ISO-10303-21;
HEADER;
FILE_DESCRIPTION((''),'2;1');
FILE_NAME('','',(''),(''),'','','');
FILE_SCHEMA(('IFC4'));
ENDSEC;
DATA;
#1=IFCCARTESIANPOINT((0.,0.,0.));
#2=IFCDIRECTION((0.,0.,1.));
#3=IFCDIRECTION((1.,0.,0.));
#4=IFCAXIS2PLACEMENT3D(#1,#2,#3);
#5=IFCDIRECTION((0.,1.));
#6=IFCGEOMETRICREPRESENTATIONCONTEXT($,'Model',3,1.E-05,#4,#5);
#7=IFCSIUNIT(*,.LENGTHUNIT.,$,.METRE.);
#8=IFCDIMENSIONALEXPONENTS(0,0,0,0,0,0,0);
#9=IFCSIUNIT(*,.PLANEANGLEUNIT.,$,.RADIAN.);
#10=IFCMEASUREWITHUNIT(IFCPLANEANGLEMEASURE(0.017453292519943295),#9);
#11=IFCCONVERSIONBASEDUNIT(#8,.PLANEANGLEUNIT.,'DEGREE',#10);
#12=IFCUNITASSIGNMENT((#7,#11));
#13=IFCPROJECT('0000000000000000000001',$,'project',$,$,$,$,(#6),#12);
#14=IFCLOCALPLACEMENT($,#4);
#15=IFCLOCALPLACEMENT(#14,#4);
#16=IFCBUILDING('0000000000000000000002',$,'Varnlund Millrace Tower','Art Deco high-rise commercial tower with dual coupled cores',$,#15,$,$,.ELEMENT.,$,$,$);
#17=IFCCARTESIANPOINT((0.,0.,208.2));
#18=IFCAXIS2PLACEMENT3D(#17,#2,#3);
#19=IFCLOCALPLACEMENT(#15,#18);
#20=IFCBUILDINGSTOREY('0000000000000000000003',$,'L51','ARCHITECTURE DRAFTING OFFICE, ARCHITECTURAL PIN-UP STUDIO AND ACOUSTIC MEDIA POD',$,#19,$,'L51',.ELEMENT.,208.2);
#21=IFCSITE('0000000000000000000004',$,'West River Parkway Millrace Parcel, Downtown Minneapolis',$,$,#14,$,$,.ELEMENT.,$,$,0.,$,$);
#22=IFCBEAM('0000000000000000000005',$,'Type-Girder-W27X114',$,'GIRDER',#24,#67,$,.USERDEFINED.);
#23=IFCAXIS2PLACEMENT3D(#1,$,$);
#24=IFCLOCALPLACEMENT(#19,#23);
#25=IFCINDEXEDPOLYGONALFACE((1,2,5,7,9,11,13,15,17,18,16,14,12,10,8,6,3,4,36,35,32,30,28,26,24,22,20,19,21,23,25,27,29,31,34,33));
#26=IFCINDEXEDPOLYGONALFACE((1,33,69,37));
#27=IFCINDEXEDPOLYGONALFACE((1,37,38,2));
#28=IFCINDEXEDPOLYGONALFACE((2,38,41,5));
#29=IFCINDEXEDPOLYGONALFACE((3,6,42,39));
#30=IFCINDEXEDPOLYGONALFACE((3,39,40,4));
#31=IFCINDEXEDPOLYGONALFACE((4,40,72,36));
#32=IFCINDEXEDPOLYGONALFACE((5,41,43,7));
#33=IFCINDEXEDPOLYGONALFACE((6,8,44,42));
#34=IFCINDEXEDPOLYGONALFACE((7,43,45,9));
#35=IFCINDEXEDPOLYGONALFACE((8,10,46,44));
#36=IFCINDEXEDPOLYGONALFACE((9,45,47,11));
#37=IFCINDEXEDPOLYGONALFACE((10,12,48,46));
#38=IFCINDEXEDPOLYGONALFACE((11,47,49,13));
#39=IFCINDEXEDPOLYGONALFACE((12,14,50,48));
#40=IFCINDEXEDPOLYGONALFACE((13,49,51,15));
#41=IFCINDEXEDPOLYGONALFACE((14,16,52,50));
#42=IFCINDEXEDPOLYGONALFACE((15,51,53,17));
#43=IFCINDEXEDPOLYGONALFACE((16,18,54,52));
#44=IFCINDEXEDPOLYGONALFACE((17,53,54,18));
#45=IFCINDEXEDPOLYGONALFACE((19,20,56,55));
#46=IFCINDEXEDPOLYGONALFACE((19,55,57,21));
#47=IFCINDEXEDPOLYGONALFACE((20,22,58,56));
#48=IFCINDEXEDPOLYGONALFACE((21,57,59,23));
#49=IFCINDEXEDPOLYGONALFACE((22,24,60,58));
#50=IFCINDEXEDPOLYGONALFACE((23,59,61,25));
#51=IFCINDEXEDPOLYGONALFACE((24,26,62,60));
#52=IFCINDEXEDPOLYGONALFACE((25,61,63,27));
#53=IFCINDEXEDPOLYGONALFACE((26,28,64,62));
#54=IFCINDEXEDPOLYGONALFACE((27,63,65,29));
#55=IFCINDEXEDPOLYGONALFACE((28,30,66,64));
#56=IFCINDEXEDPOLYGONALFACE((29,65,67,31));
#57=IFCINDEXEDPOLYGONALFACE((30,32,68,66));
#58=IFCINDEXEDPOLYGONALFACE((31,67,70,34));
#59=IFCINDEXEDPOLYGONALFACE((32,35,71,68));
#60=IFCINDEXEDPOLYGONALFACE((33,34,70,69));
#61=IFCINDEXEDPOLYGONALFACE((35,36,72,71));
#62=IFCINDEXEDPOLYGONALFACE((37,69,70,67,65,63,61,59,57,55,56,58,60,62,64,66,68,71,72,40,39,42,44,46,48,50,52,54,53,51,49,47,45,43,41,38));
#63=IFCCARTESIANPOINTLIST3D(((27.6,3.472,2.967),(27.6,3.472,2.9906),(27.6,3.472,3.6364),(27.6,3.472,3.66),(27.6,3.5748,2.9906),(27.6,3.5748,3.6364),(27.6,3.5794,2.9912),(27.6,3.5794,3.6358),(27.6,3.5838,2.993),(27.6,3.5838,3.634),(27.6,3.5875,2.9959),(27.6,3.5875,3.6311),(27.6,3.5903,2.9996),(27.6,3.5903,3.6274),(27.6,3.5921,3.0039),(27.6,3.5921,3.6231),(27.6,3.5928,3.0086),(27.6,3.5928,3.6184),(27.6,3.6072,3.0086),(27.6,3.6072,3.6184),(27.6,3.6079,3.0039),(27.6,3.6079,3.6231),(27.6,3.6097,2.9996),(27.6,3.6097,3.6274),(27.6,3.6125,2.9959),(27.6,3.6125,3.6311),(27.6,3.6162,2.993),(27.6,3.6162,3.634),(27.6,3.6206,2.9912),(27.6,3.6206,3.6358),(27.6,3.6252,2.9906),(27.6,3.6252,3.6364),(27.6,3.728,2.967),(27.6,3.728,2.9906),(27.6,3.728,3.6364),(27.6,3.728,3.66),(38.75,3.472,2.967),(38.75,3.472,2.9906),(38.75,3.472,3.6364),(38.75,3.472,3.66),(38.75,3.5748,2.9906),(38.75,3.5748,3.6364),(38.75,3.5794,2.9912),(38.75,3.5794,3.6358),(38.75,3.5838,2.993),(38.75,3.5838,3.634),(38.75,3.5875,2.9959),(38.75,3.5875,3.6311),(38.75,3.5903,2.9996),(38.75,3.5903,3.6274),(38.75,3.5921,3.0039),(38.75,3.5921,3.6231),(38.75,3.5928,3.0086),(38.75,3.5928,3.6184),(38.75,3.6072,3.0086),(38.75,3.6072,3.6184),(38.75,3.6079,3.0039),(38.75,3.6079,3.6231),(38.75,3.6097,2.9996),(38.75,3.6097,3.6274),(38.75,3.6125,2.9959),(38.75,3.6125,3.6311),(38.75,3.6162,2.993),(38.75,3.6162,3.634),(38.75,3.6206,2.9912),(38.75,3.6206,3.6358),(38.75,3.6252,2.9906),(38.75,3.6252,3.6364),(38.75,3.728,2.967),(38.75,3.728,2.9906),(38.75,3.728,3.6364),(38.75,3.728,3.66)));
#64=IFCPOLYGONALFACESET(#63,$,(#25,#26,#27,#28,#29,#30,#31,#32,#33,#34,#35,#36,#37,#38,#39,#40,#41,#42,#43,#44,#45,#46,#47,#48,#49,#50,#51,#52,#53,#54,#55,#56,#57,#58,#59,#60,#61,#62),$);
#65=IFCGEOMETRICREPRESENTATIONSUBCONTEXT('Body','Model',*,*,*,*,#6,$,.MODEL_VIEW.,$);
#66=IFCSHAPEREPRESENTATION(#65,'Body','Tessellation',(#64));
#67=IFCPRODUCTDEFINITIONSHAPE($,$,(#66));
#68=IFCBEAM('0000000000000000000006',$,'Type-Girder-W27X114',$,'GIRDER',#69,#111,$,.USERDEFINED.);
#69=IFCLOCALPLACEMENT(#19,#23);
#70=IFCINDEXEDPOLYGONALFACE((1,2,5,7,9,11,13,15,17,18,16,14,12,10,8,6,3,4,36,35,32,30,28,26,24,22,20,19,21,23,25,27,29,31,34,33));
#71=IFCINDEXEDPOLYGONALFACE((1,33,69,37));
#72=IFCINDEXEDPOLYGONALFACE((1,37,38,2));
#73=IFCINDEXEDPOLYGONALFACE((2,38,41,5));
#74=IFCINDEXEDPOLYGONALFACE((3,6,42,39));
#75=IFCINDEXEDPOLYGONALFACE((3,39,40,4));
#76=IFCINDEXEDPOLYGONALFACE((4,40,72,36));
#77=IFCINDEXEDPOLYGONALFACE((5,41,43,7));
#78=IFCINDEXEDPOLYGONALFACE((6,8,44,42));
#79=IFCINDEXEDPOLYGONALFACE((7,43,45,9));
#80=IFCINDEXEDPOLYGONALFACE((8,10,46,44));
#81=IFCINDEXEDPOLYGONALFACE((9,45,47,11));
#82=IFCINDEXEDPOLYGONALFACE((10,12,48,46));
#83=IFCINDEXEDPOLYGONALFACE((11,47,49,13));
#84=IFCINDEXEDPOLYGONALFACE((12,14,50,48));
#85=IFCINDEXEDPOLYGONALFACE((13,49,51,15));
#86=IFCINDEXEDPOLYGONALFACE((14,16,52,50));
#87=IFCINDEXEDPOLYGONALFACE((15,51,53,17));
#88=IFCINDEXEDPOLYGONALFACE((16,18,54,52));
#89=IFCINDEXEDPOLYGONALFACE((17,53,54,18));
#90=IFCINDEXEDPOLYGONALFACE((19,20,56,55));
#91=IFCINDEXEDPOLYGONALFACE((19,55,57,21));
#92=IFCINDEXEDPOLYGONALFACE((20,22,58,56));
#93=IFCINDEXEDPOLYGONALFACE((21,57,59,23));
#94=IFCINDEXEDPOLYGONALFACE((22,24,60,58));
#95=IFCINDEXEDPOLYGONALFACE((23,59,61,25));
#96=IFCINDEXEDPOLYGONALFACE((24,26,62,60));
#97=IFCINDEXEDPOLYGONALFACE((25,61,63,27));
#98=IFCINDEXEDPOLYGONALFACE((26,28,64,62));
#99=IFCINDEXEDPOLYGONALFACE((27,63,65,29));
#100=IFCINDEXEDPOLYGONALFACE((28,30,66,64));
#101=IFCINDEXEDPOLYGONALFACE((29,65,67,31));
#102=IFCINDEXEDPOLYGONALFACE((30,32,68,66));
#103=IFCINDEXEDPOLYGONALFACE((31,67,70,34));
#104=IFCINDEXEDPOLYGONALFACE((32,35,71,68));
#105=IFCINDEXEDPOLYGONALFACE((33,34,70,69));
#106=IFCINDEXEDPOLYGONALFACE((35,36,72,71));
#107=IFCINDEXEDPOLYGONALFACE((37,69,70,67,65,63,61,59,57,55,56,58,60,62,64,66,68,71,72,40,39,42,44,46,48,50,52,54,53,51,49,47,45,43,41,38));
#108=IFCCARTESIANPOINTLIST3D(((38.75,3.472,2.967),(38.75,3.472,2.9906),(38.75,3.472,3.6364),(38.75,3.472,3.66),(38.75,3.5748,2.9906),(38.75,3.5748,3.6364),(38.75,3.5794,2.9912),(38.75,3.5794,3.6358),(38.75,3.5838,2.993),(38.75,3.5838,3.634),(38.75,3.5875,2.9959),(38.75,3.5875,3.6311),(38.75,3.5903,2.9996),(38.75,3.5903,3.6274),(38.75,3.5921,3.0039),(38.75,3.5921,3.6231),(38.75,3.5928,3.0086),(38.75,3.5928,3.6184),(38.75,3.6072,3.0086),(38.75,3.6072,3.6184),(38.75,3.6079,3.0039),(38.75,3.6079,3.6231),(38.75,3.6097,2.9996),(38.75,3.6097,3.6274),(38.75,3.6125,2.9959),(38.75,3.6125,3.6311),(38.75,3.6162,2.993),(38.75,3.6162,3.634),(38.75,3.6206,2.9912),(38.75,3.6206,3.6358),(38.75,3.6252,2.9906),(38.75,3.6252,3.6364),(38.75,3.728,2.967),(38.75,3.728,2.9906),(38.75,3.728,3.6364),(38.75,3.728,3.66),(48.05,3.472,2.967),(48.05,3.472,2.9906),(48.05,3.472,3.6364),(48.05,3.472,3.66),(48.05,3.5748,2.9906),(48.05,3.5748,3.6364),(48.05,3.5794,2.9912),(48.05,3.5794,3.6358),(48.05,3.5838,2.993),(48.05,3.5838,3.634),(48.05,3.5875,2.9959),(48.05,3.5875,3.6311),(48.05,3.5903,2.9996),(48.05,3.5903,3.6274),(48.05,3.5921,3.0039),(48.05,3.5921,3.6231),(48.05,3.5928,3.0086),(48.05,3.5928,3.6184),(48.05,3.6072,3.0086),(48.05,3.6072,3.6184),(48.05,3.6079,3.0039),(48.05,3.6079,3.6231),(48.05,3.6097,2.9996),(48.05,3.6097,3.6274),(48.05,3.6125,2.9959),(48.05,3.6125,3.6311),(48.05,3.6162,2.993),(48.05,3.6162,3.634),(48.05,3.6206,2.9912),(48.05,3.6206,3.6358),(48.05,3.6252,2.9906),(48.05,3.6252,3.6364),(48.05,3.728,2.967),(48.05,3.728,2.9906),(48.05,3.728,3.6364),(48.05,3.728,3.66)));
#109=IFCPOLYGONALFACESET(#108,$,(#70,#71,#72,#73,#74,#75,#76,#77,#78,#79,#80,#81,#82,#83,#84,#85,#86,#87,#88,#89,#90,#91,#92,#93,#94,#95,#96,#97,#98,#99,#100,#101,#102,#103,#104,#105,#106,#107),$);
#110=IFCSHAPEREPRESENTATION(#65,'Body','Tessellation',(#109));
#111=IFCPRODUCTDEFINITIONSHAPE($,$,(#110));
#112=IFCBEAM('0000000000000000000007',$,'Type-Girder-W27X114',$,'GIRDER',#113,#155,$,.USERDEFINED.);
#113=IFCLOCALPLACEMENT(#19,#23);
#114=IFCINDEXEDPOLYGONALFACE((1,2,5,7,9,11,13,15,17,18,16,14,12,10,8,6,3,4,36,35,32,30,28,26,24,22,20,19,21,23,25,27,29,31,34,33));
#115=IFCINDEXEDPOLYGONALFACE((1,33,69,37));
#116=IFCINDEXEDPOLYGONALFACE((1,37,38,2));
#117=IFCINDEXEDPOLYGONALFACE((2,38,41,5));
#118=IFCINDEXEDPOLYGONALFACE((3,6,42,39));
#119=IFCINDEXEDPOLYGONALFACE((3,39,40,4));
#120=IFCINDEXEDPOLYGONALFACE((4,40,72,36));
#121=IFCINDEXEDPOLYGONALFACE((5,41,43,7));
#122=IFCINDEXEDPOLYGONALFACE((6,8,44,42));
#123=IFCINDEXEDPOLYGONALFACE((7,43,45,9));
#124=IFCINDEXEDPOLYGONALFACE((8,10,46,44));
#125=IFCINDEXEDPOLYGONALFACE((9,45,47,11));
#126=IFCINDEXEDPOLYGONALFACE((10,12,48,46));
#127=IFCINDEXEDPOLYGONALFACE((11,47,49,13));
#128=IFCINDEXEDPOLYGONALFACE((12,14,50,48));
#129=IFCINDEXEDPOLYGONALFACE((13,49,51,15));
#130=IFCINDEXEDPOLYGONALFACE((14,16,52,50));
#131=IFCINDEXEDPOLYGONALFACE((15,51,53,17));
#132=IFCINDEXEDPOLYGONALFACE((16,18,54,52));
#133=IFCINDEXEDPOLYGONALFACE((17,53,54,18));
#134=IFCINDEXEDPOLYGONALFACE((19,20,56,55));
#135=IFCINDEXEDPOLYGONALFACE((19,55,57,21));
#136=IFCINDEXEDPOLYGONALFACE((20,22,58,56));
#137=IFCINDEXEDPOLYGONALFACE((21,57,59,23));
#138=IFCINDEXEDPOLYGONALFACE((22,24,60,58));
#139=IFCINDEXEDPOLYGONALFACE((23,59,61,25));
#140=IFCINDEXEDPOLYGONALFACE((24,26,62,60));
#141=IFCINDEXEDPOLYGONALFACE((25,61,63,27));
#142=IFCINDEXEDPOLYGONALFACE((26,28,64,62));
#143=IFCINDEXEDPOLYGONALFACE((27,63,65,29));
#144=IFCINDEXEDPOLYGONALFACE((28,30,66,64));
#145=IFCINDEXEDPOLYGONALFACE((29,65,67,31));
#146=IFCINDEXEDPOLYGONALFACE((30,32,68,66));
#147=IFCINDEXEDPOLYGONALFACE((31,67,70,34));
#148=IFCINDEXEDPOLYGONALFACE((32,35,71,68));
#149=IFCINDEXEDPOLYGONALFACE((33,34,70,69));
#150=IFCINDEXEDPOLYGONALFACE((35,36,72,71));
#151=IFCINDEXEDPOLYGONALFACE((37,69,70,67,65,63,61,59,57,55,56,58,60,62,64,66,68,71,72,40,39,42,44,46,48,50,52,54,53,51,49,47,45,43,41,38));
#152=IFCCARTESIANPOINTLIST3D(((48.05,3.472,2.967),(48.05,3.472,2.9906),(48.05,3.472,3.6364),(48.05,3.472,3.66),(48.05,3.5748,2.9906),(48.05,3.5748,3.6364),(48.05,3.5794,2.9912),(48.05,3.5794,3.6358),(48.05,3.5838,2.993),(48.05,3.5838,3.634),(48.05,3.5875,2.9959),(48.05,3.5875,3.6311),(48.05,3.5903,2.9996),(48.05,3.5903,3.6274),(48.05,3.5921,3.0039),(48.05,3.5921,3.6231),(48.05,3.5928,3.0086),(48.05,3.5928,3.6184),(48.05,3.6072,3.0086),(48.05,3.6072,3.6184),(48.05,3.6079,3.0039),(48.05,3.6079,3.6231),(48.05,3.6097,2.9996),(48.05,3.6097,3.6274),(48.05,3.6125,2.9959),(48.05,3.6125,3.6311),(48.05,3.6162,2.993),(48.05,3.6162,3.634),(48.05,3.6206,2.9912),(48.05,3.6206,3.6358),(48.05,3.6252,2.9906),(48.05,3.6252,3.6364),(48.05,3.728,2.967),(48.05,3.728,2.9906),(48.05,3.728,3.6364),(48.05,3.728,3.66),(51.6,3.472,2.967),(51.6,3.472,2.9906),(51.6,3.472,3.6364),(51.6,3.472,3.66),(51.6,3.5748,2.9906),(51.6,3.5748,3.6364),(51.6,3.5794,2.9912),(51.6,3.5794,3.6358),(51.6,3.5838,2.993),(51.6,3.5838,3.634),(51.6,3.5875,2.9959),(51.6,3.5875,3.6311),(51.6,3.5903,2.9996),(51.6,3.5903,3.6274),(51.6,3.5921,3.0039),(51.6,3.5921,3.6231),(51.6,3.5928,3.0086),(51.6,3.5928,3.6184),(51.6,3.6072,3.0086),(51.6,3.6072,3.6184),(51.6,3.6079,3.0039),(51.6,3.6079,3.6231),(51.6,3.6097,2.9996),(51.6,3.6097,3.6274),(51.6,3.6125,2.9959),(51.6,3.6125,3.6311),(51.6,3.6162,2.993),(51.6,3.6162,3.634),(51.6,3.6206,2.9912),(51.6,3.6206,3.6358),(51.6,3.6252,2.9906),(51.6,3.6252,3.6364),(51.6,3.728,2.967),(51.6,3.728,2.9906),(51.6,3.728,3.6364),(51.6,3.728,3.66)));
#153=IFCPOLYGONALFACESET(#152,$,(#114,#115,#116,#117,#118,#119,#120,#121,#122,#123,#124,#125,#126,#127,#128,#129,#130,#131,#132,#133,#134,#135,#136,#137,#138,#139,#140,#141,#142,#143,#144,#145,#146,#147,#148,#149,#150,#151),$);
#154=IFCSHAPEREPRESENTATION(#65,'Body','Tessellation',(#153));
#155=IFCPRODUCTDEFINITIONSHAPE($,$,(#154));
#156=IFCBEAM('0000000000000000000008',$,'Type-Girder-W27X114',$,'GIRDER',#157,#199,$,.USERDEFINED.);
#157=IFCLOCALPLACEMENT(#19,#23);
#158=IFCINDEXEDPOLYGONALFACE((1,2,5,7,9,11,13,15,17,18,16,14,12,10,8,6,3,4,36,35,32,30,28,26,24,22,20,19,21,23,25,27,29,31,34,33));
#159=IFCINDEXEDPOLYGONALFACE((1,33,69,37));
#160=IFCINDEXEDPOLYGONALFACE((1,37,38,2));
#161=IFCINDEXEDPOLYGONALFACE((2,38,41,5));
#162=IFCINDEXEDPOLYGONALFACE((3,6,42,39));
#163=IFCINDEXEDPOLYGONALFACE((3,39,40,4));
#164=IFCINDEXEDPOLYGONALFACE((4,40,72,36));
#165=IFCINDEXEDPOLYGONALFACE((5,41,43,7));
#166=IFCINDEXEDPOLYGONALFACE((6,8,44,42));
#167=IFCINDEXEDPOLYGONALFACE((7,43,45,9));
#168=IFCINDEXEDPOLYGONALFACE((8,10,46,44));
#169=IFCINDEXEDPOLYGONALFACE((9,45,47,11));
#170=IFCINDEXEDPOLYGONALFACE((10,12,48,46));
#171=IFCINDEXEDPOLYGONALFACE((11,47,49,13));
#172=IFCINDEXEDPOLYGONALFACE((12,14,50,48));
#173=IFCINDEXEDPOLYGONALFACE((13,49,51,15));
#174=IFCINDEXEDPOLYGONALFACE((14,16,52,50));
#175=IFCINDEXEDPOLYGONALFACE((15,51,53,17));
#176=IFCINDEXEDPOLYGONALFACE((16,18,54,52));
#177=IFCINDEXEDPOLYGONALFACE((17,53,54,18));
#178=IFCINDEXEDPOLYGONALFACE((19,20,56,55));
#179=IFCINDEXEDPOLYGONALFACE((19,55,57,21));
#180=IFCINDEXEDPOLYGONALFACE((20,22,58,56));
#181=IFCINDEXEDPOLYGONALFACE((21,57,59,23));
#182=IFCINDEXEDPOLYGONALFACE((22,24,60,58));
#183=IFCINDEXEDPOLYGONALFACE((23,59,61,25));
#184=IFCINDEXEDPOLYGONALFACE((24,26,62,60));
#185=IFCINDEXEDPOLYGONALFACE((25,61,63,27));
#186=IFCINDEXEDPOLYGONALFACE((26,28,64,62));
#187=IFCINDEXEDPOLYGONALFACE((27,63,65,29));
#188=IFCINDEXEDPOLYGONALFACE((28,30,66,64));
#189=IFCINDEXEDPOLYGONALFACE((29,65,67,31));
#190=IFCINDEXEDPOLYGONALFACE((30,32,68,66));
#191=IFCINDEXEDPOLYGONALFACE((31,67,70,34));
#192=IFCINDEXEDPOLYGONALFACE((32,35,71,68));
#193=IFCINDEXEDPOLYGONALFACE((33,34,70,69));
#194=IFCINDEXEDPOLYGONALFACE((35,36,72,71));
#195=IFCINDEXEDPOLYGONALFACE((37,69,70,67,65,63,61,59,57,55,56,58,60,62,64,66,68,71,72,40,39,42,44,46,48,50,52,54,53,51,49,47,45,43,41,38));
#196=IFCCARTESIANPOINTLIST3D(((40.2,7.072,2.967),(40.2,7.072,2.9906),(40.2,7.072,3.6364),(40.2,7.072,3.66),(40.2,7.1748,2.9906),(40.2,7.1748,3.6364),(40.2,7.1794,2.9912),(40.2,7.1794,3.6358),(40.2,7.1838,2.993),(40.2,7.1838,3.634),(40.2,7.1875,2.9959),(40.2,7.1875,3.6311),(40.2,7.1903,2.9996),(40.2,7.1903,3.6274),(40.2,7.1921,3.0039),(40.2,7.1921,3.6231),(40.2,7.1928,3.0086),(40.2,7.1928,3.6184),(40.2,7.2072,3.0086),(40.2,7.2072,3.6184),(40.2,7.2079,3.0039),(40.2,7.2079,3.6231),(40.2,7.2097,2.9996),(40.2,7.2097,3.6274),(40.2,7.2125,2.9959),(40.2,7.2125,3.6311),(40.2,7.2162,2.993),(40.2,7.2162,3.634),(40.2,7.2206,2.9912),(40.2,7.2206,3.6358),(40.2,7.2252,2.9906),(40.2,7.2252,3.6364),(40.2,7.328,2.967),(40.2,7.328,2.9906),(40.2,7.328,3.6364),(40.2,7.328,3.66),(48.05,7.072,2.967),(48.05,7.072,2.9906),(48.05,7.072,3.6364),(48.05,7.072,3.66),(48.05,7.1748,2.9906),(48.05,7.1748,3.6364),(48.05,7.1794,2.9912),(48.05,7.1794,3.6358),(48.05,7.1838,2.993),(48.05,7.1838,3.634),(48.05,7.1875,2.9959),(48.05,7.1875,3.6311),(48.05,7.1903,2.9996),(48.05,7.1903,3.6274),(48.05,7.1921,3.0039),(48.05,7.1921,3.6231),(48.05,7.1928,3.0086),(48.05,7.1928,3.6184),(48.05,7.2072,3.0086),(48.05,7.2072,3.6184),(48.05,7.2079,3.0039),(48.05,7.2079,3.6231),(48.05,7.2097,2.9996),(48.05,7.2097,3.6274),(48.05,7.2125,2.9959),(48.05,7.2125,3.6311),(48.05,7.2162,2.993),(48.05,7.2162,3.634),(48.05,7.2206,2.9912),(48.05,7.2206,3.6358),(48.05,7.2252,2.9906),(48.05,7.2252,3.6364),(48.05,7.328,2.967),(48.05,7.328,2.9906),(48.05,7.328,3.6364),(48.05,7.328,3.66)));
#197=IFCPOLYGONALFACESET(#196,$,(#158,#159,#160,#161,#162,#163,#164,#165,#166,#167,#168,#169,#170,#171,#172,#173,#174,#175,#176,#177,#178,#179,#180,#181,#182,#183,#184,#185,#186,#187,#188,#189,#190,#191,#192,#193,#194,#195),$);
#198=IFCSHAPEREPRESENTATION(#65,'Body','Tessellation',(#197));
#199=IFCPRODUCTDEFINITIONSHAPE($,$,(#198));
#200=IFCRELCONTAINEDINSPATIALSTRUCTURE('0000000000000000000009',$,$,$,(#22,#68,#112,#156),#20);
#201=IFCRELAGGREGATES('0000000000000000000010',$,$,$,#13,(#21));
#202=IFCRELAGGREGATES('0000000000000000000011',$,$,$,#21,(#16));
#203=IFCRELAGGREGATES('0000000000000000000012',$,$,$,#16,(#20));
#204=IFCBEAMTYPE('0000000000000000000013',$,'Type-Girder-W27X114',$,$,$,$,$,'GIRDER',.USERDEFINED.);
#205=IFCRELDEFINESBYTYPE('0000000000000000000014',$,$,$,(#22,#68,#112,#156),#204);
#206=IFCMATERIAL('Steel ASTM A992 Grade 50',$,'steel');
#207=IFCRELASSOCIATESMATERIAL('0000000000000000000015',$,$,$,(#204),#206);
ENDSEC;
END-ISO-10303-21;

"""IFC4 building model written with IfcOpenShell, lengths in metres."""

from ifc_helpers import new_model, entity, si_unit, converted_unit, direction, frame, origin_with_axes, origin_2d_with_axis, place, context, subcontext, project, spatial, i_section, extrude, material, material_profile, profile_set, type_object, element, save


model = new_model("IFC4")

# Units and contexts
model_context = context("Model", 3, precision=1e-05, world=origin_with_axes(), true_north=direction((0.0, 1.0)))
body_context = subcontext(model_context, "Body", "Model", "MODEL_VIEW")
ifc_project = project(units=[si_unit("LENGTHUNIT", "METRE"), converted_unit("PLANEANGLEUNIT", "DEGREE", entity("IfcPlaneAngleMeasure", 0.017453292519943295), si_unit("PLANEANGLEUNIT", "RADIAN"), dimensions=[0, 0, 0, 0, 0, 0, 0])], contexts=[model_context])

# Site, building, storey
site_placement = place(None, origin_with_axes())
site = spatial("IfcSite", under=ifc_project, at=site_placement, Name="West River Parkway Millrace Parcel, Downtown Minneapolis", CompositionType="ELEMENT", RefElevation=0.0)
building_placement = place(site_placement, origin_with_axes())
building = spatial("IfcBuilding", under=site, at=building_placement, Name="Varnlund Millrace Tower", Description="Art Deco high-rise commercial tower with dual coupled cores", CompositionType="ELEMENT")
storey_placement = place(building_placement, frame((0.0, 0.0, 208.2), z_axis=(0.0, 0.0, 1.0), x_axis=(1.0, 0.0, 0.0)))
storey = spatial("IfcBuildingStorey", under=building, at=storey_placement, Name="L51", Description="ARCHITECTURE DRAFTING OFFICE, ARCHITECTURAL PIN-UP STUDIO AND ACOUSTIC MEDIA POD", LongName="L51", CompositionType="ELEMENT", Elevation=208.2)

# Beams
ifc_material_1 = material(Name="Steel ASTM A992 Grade 50", Category="steel")
ifc_material_profile_1 = material_profile(ifc_material_1, i_section(OverallWidth=0.256, OverallDepth=0.693, WebThickness=0.0145, FlangeThickness=0.0236, FilletRadius=0.018, at=origin_2d_with_axis()), Name="Steel ASTM A992 Grade 50")
ifc_profile_set_1 = profile_set([ifc_material_profile_1], Name="Steel ASTM A992 Grade 50")
beam_type_1 = type_object("IfcBeamType", Name="Type-Girder-W27X114", ElementType="GIRDER", PredefinedType="USERDEFINED", material=ifc_profile_set_1)
beam_1_placement = place(storey_placement, frame((27.6, 3.6, 3.3135), z_axis=(1.0, 0.0, 0.0), x_axis=(0.0, 1.0, 0.0)))
element("IfcBeam", 1, at=beam_1_placement, inside=storey, type_object=beam_type_1, Name="Type-Girder-W27X114", ObjectType="GIRDER", PredefinedType="USERDEFINED", context=body_context, shape_type="SweptSolid", body=[
    extrude(i_section(OverallWidth=0.256, OverallDepth=0.693, WebThickness=0.0145, FlangeThickness=0.0236, FilletRadius=0.018, at=origin_2d_with_axis()), origin_with_axes(), (0.0, 0.0, 1.0), 11.15),
])
beam_2_placement = place(storey_placement, frame((38.75, 3.6, 3.3135), z_axis=(1.0, 0.0, 0.0), x_axis=(0.0, 1.0, 0.0)))
element("IfcBeam", 2, at=beam_2_placement, inside=storey, type_object=beam_type_1, Name="Type-Girder-W27X114", ObjectType="GIRDER", PredefinedType="USERDEFINED", context=body_context, shape_type="SweptSolid", body=[
    extrude(i_section(OverallWidth=0.256, OverallDepth=0.693, WebThickness=0.0145, FlangeThickness=0.0236, FilletRadius=0.018, at=origin_2d_with_axis()), origin_with_axes(), (0.0, 0.0, 1.0), 9.3),
])
beam_3_placement = place(storey_placement, frame((48.05, 3.6, 3.3135), z_axis=(1.0, 0.0, 0.0), x_axis=(0.0, 1.0, 0.0)))
element("IfcBeam", 3, at=beam_3_placement, inside=storey, type_object=beam_type_1, Name="Type-Girder-W27X114", ObjectType="GIRDER", PredefinedType="USERDEFINED", context=body_context, shape_type="SweptSolid", body=[
    extrude(i_section(OverallWidth=0.256, OverallDepth=0.693, WebThickness=0.0145, FlangeThickness=0.0236, FilletRadius=0.018, at=origin_2d_with_axis()), origin_with_axes(), (0.0, 0.0, 1.0), 3.55),
])
beam_4_placement = place(storey_placement, frame((40.2, 7.2, 3.3135), z_axis=(1.0, 0.0, 0.0), x_axis=(0.0, 1.0, 0.0)))
element("IfcBeam", 4, at=beam_4_placement, inside=storey, type_object=beam_type_1, Name="Type-Girder-W27X114", ObjectType="GIRDER", PredefinedType="USERDEFINED", context=body_context, shape_type="SweptSolid", body=[
    extrude(i_section(OverallWidth=0.256, OverallDepth=0.693, WebThickness=0.0145, FlangeThickness=0.0236, FilletRadius=0.018, at=origin_2d_with_axis()), origin_with_axes(), (0.0, 0.0, 1.0), 7.85),
])

save(model, "model.ifc")
